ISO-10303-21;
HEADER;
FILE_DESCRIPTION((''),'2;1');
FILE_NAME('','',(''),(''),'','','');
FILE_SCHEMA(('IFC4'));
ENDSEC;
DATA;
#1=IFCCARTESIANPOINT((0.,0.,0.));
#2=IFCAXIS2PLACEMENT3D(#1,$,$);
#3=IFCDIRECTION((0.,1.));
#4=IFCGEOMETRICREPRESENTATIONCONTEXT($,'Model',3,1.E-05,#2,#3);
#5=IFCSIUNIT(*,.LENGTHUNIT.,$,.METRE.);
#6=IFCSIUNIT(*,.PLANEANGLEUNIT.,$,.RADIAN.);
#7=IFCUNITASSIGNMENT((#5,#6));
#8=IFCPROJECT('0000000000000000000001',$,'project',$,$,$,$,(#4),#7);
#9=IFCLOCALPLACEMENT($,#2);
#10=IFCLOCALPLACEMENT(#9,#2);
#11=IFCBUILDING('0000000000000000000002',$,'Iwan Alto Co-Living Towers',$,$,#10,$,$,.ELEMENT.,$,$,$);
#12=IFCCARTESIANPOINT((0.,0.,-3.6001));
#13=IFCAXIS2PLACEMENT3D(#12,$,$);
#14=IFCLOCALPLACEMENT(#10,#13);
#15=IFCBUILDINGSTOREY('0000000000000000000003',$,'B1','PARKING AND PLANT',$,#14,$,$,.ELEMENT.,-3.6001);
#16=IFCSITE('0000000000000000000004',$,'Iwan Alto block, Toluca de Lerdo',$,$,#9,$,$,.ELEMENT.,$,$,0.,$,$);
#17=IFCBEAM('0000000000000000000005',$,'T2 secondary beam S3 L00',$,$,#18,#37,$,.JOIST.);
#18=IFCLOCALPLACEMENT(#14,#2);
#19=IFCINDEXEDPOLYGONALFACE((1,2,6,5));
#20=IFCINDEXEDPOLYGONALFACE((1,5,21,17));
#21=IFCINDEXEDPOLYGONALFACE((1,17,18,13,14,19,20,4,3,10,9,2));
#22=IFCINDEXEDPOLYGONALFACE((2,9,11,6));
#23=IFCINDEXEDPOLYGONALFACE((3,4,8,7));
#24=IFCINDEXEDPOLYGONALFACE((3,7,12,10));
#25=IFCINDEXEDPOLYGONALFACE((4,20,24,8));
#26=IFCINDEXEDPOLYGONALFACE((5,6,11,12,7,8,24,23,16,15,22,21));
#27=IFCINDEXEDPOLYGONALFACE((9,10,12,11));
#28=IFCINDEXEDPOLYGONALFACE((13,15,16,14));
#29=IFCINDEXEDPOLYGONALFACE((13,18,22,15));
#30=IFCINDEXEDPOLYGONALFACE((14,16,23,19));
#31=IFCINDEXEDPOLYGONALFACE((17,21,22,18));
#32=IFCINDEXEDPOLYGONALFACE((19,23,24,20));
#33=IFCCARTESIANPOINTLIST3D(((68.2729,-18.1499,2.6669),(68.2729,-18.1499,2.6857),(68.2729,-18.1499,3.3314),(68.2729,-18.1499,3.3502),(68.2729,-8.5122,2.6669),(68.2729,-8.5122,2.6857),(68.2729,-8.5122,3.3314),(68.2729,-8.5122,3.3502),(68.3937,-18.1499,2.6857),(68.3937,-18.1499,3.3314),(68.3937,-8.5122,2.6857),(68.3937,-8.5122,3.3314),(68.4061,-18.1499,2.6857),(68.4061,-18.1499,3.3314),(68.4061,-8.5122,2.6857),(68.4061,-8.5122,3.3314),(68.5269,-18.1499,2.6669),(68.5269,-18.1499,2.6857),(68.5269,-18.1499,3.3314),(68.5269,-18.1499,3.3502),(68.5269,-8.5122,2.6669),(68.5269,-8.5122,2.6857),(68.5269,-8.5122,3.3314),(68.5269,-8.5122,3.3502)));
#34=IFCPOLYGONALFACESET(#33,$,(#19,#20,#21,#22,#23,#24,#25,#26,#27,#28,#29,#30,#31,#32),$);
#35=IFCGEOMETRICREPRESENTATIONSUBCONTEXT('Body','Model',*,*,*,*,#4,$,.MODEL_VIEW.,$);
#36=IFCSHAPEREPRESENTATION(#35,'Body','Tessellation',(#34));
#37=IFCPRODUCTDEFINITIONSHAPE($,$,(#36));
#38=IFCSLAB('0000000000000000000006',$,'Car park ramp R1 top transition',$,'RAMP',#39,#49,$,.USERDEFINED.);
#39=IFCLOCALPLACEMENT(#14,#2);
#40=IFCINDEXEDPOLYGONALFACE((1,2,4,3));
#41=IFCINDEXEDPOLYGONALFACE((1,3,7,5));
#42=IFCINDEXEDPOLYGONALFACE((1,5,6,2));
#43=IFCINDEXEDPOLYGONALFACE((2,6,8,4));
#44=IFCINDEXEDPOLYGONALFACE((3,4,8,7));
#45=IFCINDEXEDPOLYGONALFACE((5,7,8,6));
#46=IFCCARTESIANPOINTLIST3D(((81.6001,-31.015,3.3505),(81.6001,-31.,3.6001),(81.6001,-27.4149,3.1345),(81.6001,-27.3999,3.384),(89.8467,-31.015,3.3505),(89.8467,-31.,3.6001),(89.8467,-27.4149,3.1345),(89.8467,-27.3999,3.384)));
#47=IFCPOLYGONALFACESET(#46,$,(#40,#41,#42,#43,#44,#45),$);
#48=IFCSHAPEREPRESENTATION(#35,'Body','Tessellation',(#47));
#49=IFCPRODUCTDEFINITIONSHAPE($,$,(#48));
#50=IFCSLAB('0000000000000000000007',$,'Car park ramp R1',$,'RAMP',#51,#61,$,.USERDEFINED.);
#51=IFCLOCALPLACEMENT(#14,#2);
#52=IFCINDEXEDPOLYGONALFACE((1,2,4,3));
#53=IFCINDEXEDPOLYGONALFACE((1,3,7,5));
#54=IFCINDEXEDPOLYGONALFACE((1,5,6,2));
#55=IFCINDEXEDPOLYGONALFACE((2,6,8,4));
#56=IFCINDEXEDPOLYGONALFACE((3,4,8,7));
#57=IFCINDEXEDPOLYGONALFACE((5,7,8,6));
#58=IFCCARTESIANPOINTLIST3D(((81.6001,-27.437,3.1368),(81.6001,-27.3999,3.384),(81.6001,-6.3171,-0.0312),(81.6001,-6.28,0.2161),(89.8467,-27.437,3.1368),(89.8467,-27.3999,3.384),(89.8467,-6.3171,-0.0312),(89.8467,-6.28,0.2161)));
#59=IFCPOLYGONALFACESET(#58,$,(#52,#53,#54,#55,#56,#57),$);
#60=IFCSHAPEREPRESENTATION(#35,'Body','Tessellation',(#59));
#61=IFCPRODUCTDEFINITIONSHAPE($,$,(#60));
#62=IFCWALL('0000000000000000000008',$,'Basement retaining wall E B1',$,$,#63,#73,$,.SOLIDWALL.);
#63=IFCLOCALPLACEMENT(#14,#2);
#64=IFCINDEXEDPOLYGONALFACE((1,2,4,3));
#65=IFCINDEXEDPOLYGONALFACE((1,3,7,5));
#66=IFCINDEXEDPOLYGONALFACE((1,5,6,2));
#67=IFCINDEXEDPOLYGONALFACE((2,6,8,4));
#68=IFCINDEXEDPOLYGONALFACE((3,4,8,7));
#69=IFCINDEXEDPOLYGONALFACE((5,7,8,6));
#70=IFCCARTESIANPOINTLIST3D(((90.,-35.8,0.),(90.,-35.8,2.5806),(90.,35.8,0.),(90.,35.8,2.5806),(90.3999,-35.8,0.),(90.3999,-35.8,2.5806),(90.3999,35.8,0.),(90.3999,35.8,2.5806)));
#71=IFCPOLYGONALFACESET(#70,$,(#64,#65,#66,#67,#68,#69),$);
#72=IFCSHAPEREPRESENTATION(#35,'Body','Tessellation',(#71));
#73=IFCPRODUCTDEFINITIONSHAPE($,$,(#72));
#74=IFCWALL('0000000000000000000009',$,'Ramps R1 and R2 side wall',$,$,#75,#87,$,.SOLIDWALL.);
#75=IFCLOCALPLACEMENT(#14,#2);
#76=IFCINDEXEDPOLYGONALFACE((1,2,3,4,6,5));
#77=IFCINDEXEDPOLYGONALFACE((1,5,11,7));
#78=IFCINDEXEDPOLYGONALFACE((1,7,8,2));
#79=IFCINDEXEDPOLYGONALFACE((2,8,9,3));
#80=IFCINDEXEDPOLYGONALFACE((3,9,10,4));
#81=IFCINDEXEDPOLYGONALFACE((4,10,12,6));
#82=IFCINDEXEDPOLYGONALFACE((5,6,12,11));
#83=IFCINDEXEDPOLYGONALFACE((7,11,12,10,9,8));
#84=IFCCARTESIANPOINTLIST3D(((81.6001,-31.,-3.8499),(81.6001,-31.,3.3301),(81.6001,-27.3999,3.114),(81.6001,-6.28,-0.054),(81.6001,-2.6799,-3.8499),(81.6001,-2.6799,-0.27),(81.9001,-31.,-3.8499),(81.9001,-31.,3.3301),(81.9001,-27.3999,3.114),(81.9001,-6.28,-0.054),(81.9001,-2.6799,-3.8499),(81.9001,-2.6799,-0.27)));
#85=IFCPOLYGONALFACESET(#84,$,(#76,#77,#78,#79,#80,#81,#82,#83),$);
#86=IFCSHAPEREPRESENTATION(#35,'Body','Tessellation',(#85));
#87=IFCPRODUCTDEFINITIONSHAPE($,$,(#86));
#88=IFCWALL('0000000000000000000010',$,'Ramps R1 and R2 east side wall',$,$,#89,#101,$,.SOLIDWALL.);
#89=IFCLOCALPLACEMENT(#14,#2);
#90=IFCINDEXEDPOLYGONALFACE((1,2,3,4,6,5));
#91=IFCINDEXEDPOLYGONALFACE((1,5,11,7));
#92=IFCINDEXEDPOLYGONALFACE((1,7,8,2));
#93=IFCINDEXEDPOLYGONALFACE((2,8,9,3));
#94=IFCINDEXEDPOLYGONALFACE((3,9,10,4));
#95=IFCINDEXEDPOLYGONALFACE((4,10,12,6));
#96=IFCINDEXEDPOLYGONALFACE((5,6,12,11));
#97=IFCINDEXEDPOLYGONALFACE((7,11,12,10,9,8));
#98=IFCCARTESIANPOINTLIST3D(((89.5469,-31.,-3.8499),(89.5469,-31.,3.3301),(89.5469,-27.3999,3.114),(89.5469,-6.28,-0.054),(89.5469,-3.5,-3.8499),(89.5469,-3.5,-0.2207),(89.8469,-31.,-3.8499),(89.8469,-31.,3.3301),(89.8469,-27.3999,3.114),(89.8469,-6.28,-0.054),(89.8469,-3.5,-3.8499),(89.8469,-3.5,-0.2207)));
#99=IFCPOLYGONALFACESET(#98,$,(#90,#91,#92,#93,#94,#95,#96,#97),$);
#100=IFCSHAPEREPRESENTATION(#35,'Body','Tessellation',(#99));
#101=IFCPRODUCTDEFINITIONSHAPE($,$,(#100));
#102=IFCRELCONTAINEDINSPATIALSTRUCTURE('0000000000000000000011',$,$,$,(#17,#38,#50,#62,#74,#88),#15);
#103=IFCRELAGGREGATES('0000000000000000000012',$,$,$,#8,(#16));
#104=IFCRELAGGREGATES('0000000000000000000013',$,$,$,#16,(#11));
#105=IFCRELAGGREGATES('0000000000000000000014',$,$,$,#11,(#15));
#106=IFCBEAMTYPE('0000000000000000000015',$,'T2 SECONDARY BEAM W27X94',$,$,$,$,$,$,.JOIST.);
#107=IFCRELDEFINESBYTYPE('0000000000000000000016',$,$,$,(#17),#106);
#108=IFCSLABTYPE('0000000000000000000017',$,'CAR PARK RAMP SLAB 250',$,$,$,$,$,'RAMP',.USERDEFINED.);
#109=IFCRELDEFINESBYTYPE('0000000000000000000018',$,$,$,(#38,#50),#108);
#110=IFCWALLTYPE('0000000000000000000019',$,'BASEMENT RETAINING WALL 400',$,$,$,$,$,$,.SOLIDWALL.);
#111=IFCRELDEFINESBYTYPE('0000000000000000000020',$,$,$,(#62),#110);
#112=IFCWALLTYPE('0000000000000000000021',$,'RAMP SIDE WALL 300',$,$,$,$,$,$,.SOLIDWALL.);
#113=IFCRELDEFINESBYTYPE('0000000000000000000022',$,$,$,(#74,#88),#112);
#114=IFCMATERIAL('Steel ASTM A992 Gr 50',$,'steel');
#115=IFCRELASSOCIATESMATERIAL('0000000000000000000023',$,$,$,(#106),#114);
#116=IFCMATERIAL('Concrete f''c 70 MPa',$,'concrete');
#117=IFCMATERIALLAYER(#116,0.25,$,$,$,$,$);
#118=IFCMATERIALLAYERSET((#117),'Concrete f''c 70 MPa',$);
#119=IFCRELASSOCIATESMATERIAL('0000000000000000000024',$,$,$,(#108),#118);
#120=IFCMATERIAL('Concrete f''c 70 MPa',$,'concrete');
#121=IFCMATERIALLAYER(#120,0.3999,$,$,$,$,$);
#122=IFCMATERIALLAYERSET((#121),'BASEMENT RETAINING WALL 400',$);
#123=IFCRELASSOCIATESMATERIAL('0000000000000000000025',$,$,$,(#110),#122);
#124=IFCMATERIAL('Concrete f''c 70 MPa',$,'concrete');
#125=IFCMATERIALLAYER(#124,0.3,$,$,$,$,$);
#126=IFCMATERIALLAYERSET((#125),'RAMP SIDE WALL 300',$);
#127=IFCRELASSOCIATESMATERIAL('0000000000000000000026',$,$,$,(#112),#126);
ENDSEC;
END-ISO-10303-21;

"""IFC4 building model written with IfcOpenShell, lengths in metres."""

from ifc_helpers import new_model, si_unit, direction, frame, frame_2d, origin, origin_2d, place, context, subcontext, project, spatial, polyline, rectangle, i_section, outline, extrude, material, layer, layer_set, material_profile, profile_set, type_object, element, save


model = new_model("IFC4")

# Units and contexts
model_context = context("Model", 3, precision=1e-05, world=origin(), true_north=direction((0.0, 1.0)))
body_context = subcontext(model_context, "Body", "Model", "MODEL_VIEW")
ifc_project = project(units=[si_unit("LENGTHUNIT", "METRE"), si_unit("PLANEANGLEUNIT", "RADIAN")], contexts=[model_context])

# Site, building, storey
site_placement = place(None, origin())
site = spatial("IfcSite", under=ifc_project, at=site_placement, Name="Iwan Alto block, Toluca de Lerdo", CompositionType="ELEMENT", RefElevation=0.0)
building_placement = place(site_placement, origin())
building = spatial("IfcBuilding", under=site, at=building_placement, Name="Iwan Alto Co-Living Towers", CompositionType="ELEMENT")
storey_placement = place(building_placement, frame((0.0, 0.0, -3.6001)))
storey = spatial("IfcBuildingStorey", under=building, at=storey_placement, Name="B1", Description="PARKING AND PLANT", CompositionType="ELEMENT", Elevation=-3.6001)

# Beam
ifc_material_1 = material(Name="Steel ASTM A992 Gr 50", Category="steel")
ifc_material_profile_1 = material_profile(ifc_material_1, i_section(OverallWidth=0.2539, OverallDepth=0.6833, WebThickness=0.0125, FlangeThickness=0.0188, at=origin_2d()), Name="W27X94")
ifc_profile_set_1 = profile_set([ifc_material_profile_1], Name="Steel ASTM A992 Gr 50")
beam_type_1 = type_object("IfcBeamType", Name="T2 SECONDARY BEAM W27X94", PredefinedType="JOIST", material=ifc_profile_set_1)
for number, where, z_axis, x_axis, name in (
    (1, (68.3999, -18.1499, 3.0085), (0.0, 1.0, 0.0), (-1.0, 0.0, 0.0), "T2 secondary beam S3 L00"),
):
    element("IfcBeam", number, at=place(storey_placement, frame(where, z_axis=z_axis, x_axis=x_axis)), inside=storey, type_object=beam_type_1, Name=name, PredefinedType="JOIST", context=body_context, shape_type="SweptSolid", body=[
        extrude(i_section(OverallWidth=0.2539, OverallDepth=0.6833, WebThickness=0.0125, FlangeThickness=0.0188, at=origin_2d()), origin(), (0.0, 0.0, 1.0), 9.6377),
    ])

# Slabs
ifc_material_2 = material(Name="Concrete f'c 70 MPa", Category="concrete")
ifc_layer_1 = layer(ifc_material_2, 0.25)
ifc_layer_set_1 = layer_set([ifc_layer_1], Name="Concrete f'c 70 MPa")
slab_type = type_object("IfcSlabType", Name="CAR PARK RAMP SLAB 250", ElementType="RAMP", PredefinedType="USERDEFINED", material=ifc_layer_set_1)
slab_1_placement = place(storey_placement, frame((81.6001, -31.0, 3.6001), z_axis=(0.0, 0.059908, 0.998204), x_axis=(0.0, 0.998204, -0.059908)))
element("IfcSlab", 2, at=slab_1_placement, inside=storey, type_object=slab_type, Name="Car park ramp R1 top transition", ObjectType="RAMP", PredefinedType="USERDEFINED", context=body_context, shape_type="SweptSolid", body=[
    extrude(outline(polyline([(0.0, 0.0), (3.6066, 0.0), (3.6066, -8.2466), (0.0, -8.2466), (0.0, 0.0)])), origin(), (0.0, 0.0, -1.0), 0.25),
])
slab_2_placement = place(storey_placement, frame((81.6001, -27.3999, 3.384), z_axis=(0.0, 0.14834, 0.988936), x_axis=(0.0, 0.988936, -0.14834)))
element("IfcSlab", 3, at=slab_2_placement, inside=storey, type_object=slab_type, Name="Car park ramp R1", ObjectType="RAMP", PredefinedType="USERDEFINED", context=body_context, shape_type="SweptSolid", body=[
    extrude(outline(polyline([(0.0, 0.0), (21.3561, 0.0), (21.3561, -8.2466), (0.0, -8.2466), (0.0, 0.0)])), origin(), (0.0, 0.0, -1.0), 0.25),
])

# Walls
ifc_material_3 = material(Name="Concrete f'c 70 MPa", Category="concrete")
ifc_layer_2 = layer(ifc_material_3, 0.3999)
ifc_layer_set_2 = layer_set([ifc_layer_2], Name="BASEMENT RETAINING WALL 400")
wall_type_1 = type_object("IfcWallType", Name="BASEMENT RETAINING WALL 400", PredefinedType="SOLIDWALL", material=ifc_layer_set_2)
wall_1_placement = place(storey_placement, frame((90.2, -35.8, 0.0), z_axis=(0.0, 0.0, 1.0), x_axis=(0.0, 1.0, 0.0)))
element("IfcWall", 4, at=wall_1_placement, inside=storey, type_object=wall_type_1, Name="Basement retaining wall E B1", PredefinedType="SOLIDWALL", context=body_context, shape_type="SweptSolid", body=[
    extrude(rectangle(XDim=71.6001, YDim=0.3999, at=frame_2d((35.8, 0.0))), origin(), (0.0, 0.0, 1.0), 2.5806),
])
ifc_material_4 = material(Name="Concrete f'c 70 MPa", Category="concrete")
ifc_layer_3 = layer(ifc_material_4, 0.3)
ifc_layer_set_3 = layer_set([ifc_layer_3], Name="RAMP SIDE WALL 300")
wall_type_2 = type_object("IfcWallType", Name="RAMP SIDE WALL 300", PredefinedType="SOLIDWALL", material=ifc_layer_set_3)
wall_2_placement = place(storey_placement, frame((81.75, -31.0, -3.8499), z_axis=(0.0, 0.0, 1.0), x_axis=(0.0, 1.0, 0.0)))
element("IfcWall", 5, at=wall_2_placement, inside=storey, type_object=wall_type_2, Name="Ramps R1 and R2 side wall", PredefinedType="SOLIDWALL", context=body_context, shape_type="SweptSolid", body=[
    extrude(outline(polyline([(0.0, 0.0), (28.3201, 0.0), (28.3201, 3.5798), (24.72, 3.7959), (3.6001, 6.9639), (0.0, 7.1799), (0.0, 0.0)])), frame((0.0, 0.1499, 0.0), z_axis=(0.0, -1.0, 0.0), x_axis=(1.0, 0.0, 0.0)), (0.0, 0.0, 1.0), 0.3),
])
wall_3_placement = place(storey_placement, frame((89.6968, -31.0, -3.8499), z_axis=(0.0, 0.0, 1.0), x_axis=(0.0, 1.0, 0.0)))
element("IfcWall", 6, at=wall_3_placement, inside=storey, type_object=wall_type_2, Name="Ramps R1 and R2 east side wall", PredefinedType="SOLIDWALL", context=body_context, shape_type="SweptSolid", body=[
    extrude(outline(polyline([(0.0, 0.0), (27.5, 0.0), (27.5, 3.6292), (24.72, 3.7959), (3.6001, 6.9639), (0.0, 7.1799), (0.0, 0.0)])), frame((0.0, 0.1499, 0.0), z_axis=(0.0, -1.0, 0.0), x_axis=(1.0, 0.0, 0.0)), (0.0, 0.0, 1.0), 0.3),
])

save(model, "model.ifc")
